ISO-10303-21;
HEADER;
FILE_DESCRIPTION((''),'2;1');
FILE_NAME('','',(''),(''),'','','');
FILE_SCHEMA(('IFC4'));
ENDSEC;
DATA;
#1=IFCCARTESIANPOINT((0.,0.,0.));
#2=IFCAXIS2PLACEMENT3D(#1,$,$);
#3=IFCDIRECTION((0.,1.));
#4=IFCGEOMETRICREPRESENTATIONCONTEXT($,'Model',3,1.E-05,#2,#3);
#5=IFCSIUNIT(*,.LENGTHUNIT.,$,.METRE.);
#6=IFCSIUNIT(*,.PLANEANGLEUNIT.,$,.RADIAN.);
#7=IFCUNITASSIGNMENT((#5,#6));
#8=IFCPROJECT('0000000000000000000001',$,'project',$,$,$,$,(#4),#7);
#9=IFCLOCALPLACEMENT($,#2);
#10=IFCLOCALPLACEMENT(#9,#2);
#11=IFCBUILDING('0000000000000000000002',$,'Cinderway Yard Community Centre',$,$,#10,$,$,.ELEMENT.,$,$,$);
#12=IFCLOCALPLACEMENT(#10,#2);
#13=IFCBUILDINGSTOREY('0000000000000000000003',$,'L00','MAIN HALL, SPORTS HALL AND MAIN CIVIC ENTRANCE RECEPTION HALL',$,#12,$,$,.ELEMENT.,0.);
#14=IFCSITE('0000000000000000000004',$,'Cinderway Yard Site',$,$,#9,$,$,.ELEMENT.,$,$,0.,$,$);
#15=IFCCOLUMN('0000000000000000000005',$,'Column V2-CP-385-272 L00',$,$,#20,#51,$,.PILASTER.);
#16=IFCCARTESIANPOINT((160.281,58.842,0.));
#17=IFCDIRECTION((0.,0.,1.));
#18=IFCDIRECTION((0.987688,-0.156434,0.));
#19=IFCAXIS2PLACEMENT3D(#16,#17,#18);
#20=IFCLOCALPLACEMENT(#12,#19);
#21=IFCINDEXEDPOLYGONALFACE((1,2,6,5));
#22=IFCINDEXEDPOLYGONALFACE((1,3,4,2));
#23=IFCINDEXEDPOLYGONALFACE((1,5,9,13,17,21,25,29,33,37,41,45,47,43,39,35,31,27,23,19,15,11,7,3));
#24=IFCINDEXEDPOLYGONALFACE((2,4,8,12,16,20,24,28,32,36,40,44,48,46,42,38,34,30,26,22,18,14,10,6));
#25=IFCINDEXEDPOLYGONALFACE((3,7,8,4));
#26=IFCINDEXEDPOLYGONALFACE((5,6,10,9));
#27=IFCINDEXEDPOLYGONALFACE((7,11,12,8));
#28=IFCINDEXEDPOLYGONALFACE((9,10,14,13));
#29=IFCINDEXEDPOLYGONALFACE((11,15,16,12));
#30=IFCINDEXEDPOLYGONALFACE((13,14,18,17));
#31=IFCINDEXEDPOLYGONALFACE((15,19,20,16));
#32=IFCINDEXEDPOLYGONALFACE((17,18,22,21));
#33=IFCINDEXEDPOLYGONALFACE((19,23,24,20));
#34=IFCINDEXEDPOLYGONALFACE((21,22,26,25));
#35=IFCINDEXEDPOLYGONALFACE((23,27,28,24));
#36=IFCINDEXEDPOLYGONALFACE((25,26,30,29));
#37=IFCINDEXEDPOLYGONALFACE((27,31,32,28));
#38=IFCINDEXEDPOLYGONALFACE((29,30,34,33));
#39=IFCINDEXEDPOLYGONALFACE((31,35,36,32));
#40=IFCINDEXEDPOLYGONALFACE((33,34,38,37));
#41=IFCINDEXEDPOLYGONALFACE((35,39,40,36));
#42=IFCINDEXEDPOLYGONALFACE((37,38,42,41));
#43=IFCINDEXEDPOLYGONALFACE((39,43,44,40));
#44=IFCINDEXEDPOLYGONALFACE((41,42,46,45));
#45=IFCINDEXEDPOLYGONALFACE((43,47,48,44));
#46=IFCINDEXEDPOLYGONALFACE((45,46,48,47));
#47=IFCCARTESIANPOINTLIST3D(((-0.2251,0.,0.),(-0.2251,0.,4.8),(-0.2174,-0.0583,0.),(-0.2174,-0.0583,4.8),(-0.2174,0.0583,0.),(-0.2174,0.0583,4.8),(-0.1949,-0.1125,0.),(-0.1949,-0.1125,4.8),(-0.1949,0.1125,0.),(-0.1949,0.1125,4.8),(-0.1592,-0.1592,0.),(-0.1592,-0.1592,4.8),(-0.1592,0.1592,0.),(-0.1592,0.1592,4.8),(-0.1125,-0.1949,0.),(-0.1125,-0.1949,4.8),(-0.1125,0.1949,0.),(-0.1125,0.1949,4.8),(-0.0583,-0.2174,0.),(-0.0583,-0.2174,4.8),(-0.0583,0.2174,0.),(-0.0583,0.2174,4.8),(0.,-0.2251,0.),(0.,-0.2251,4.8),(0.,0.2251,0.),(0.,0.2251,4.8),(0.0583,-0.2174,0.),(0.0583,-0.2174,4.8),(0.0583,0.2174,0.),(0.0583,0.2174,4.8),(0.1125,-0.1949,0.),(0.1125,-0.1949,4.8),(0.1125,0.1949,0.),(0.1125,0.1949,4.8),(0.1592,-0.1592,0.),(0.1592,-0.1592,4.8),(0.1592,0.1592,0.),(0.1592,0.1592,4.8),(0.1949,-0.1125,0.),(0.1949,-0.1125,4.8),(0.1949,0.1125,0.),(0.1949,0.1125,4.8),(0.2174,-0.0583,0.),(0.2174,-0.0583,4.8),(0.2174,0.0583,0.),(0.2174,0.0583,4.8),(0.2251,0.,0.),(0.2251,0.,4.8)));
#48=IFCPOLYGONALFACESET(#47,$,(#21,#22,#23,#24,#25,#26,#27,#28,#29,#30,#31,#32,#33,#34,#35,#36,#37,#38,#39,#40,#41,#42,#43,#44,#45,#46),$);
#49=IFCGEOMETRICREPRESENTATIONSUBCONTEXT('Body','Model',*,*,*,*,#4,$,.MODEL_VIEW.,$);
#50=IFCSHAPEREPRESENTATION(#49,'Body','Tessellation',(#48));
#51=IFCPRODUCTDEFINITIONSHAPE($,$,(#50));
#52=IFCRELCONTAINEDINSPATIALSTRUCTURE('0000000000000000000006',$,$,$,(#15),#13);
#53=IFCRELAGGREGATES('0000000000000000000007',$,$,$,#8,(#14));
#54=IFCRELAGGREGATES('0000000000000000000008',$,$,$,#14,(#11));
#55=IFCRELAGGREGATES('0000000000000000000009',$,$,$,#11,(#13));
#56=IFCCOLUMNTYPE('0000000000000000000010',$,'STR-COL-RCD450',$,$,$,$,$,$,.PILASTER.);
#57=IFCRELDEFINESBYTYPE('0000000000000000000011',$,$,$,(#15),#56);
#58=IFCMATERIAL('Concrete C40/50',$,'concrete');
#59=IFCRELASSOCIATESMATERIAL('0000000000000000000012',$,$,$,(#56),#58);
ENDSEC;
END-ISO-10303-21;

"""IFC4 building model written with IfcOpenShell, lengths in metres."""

from ifc_helpers import new_model, si_unit, direction, frame, origin, origin_2d, place, context, subcontext, project, spatial, circle, extrude, material, material_profile, profile_set, type_object, element, save


model = new_model("IFC4")

# Units and contexts
model_context = context("Model", 3, precision=1e-05, world=origin(), true_north=direction((0.0, 1.0)))
body_context = subcontext(model_context, "Body", "Model", "MODEL_VIEW")
ifc_project = project(units=[si_unit("LENGTHUNIT", "METRE"), si_unit("PLANEANGLEUNIT", "RADIAN")], contexts=[model_context])

# Site, building, storey
site_placement = place(None, origin())
site = spatial("IfcSite", under=ifc_project, at=site_placement, Name="Cinderway Yard Site", CompositionType="ELEMENT", RefElevation=0.0)
building_placement = place(site_placement, origin())
building = spatial("IfcBuilding", under=site, at=building_placement, Name="Cinderway Yard Community Centre", CompositionType="ELEMENT")
storey_placement = place(building_placement, origin())
storey = spatial("IfcBuildingStorey", under=building, at=storey_placement, Name="L00", Description="MAIN HALL, SPORTS HALL AND MAIN CIVIC ENTRANCE RECEPTION HALL", CompositionType="ELEMENT", Elevation=0.0)

# Shared definitions
ifc_material_1 = material(Name="Concrete C40/50", Category="concrete")

# Column
ifc_material_profile_1 = material_profile(ifc_material_1, circle(Radius=0.2251, at=origin_2d()), Name="Concrete C40/50")
ifc_profile_set_1 = profile_set([ifc_material_profile_1], Name="Concrete C40/50")
column_type_1 = type_object("IfcColumnType", Name="STR-COL-RCD450", PredefinedType="PILASTER", material=ifc_profile_set_1)
column_1_placement = place(storey_placement, frame((160.281, 58.842, 0.0), z_axis=(0.0, 0.0, 1.0), x_axis=(0.987688, -0.156434, 0.0)))
element("IfcColumn", 1, at=column_1_placement, inside=storey, type_object=column_type_1, Name="Column V2-CP-385-272 L00", PredefinedType="PILASTER", context=body_context, shape_type="SweptSolid", body=[
    extrude(circle(Radius=0.2251, at=origin_2d()), origin(), (0.0, 0.0, 1.0), 4.8),
])

save(model, "model.ifc")
